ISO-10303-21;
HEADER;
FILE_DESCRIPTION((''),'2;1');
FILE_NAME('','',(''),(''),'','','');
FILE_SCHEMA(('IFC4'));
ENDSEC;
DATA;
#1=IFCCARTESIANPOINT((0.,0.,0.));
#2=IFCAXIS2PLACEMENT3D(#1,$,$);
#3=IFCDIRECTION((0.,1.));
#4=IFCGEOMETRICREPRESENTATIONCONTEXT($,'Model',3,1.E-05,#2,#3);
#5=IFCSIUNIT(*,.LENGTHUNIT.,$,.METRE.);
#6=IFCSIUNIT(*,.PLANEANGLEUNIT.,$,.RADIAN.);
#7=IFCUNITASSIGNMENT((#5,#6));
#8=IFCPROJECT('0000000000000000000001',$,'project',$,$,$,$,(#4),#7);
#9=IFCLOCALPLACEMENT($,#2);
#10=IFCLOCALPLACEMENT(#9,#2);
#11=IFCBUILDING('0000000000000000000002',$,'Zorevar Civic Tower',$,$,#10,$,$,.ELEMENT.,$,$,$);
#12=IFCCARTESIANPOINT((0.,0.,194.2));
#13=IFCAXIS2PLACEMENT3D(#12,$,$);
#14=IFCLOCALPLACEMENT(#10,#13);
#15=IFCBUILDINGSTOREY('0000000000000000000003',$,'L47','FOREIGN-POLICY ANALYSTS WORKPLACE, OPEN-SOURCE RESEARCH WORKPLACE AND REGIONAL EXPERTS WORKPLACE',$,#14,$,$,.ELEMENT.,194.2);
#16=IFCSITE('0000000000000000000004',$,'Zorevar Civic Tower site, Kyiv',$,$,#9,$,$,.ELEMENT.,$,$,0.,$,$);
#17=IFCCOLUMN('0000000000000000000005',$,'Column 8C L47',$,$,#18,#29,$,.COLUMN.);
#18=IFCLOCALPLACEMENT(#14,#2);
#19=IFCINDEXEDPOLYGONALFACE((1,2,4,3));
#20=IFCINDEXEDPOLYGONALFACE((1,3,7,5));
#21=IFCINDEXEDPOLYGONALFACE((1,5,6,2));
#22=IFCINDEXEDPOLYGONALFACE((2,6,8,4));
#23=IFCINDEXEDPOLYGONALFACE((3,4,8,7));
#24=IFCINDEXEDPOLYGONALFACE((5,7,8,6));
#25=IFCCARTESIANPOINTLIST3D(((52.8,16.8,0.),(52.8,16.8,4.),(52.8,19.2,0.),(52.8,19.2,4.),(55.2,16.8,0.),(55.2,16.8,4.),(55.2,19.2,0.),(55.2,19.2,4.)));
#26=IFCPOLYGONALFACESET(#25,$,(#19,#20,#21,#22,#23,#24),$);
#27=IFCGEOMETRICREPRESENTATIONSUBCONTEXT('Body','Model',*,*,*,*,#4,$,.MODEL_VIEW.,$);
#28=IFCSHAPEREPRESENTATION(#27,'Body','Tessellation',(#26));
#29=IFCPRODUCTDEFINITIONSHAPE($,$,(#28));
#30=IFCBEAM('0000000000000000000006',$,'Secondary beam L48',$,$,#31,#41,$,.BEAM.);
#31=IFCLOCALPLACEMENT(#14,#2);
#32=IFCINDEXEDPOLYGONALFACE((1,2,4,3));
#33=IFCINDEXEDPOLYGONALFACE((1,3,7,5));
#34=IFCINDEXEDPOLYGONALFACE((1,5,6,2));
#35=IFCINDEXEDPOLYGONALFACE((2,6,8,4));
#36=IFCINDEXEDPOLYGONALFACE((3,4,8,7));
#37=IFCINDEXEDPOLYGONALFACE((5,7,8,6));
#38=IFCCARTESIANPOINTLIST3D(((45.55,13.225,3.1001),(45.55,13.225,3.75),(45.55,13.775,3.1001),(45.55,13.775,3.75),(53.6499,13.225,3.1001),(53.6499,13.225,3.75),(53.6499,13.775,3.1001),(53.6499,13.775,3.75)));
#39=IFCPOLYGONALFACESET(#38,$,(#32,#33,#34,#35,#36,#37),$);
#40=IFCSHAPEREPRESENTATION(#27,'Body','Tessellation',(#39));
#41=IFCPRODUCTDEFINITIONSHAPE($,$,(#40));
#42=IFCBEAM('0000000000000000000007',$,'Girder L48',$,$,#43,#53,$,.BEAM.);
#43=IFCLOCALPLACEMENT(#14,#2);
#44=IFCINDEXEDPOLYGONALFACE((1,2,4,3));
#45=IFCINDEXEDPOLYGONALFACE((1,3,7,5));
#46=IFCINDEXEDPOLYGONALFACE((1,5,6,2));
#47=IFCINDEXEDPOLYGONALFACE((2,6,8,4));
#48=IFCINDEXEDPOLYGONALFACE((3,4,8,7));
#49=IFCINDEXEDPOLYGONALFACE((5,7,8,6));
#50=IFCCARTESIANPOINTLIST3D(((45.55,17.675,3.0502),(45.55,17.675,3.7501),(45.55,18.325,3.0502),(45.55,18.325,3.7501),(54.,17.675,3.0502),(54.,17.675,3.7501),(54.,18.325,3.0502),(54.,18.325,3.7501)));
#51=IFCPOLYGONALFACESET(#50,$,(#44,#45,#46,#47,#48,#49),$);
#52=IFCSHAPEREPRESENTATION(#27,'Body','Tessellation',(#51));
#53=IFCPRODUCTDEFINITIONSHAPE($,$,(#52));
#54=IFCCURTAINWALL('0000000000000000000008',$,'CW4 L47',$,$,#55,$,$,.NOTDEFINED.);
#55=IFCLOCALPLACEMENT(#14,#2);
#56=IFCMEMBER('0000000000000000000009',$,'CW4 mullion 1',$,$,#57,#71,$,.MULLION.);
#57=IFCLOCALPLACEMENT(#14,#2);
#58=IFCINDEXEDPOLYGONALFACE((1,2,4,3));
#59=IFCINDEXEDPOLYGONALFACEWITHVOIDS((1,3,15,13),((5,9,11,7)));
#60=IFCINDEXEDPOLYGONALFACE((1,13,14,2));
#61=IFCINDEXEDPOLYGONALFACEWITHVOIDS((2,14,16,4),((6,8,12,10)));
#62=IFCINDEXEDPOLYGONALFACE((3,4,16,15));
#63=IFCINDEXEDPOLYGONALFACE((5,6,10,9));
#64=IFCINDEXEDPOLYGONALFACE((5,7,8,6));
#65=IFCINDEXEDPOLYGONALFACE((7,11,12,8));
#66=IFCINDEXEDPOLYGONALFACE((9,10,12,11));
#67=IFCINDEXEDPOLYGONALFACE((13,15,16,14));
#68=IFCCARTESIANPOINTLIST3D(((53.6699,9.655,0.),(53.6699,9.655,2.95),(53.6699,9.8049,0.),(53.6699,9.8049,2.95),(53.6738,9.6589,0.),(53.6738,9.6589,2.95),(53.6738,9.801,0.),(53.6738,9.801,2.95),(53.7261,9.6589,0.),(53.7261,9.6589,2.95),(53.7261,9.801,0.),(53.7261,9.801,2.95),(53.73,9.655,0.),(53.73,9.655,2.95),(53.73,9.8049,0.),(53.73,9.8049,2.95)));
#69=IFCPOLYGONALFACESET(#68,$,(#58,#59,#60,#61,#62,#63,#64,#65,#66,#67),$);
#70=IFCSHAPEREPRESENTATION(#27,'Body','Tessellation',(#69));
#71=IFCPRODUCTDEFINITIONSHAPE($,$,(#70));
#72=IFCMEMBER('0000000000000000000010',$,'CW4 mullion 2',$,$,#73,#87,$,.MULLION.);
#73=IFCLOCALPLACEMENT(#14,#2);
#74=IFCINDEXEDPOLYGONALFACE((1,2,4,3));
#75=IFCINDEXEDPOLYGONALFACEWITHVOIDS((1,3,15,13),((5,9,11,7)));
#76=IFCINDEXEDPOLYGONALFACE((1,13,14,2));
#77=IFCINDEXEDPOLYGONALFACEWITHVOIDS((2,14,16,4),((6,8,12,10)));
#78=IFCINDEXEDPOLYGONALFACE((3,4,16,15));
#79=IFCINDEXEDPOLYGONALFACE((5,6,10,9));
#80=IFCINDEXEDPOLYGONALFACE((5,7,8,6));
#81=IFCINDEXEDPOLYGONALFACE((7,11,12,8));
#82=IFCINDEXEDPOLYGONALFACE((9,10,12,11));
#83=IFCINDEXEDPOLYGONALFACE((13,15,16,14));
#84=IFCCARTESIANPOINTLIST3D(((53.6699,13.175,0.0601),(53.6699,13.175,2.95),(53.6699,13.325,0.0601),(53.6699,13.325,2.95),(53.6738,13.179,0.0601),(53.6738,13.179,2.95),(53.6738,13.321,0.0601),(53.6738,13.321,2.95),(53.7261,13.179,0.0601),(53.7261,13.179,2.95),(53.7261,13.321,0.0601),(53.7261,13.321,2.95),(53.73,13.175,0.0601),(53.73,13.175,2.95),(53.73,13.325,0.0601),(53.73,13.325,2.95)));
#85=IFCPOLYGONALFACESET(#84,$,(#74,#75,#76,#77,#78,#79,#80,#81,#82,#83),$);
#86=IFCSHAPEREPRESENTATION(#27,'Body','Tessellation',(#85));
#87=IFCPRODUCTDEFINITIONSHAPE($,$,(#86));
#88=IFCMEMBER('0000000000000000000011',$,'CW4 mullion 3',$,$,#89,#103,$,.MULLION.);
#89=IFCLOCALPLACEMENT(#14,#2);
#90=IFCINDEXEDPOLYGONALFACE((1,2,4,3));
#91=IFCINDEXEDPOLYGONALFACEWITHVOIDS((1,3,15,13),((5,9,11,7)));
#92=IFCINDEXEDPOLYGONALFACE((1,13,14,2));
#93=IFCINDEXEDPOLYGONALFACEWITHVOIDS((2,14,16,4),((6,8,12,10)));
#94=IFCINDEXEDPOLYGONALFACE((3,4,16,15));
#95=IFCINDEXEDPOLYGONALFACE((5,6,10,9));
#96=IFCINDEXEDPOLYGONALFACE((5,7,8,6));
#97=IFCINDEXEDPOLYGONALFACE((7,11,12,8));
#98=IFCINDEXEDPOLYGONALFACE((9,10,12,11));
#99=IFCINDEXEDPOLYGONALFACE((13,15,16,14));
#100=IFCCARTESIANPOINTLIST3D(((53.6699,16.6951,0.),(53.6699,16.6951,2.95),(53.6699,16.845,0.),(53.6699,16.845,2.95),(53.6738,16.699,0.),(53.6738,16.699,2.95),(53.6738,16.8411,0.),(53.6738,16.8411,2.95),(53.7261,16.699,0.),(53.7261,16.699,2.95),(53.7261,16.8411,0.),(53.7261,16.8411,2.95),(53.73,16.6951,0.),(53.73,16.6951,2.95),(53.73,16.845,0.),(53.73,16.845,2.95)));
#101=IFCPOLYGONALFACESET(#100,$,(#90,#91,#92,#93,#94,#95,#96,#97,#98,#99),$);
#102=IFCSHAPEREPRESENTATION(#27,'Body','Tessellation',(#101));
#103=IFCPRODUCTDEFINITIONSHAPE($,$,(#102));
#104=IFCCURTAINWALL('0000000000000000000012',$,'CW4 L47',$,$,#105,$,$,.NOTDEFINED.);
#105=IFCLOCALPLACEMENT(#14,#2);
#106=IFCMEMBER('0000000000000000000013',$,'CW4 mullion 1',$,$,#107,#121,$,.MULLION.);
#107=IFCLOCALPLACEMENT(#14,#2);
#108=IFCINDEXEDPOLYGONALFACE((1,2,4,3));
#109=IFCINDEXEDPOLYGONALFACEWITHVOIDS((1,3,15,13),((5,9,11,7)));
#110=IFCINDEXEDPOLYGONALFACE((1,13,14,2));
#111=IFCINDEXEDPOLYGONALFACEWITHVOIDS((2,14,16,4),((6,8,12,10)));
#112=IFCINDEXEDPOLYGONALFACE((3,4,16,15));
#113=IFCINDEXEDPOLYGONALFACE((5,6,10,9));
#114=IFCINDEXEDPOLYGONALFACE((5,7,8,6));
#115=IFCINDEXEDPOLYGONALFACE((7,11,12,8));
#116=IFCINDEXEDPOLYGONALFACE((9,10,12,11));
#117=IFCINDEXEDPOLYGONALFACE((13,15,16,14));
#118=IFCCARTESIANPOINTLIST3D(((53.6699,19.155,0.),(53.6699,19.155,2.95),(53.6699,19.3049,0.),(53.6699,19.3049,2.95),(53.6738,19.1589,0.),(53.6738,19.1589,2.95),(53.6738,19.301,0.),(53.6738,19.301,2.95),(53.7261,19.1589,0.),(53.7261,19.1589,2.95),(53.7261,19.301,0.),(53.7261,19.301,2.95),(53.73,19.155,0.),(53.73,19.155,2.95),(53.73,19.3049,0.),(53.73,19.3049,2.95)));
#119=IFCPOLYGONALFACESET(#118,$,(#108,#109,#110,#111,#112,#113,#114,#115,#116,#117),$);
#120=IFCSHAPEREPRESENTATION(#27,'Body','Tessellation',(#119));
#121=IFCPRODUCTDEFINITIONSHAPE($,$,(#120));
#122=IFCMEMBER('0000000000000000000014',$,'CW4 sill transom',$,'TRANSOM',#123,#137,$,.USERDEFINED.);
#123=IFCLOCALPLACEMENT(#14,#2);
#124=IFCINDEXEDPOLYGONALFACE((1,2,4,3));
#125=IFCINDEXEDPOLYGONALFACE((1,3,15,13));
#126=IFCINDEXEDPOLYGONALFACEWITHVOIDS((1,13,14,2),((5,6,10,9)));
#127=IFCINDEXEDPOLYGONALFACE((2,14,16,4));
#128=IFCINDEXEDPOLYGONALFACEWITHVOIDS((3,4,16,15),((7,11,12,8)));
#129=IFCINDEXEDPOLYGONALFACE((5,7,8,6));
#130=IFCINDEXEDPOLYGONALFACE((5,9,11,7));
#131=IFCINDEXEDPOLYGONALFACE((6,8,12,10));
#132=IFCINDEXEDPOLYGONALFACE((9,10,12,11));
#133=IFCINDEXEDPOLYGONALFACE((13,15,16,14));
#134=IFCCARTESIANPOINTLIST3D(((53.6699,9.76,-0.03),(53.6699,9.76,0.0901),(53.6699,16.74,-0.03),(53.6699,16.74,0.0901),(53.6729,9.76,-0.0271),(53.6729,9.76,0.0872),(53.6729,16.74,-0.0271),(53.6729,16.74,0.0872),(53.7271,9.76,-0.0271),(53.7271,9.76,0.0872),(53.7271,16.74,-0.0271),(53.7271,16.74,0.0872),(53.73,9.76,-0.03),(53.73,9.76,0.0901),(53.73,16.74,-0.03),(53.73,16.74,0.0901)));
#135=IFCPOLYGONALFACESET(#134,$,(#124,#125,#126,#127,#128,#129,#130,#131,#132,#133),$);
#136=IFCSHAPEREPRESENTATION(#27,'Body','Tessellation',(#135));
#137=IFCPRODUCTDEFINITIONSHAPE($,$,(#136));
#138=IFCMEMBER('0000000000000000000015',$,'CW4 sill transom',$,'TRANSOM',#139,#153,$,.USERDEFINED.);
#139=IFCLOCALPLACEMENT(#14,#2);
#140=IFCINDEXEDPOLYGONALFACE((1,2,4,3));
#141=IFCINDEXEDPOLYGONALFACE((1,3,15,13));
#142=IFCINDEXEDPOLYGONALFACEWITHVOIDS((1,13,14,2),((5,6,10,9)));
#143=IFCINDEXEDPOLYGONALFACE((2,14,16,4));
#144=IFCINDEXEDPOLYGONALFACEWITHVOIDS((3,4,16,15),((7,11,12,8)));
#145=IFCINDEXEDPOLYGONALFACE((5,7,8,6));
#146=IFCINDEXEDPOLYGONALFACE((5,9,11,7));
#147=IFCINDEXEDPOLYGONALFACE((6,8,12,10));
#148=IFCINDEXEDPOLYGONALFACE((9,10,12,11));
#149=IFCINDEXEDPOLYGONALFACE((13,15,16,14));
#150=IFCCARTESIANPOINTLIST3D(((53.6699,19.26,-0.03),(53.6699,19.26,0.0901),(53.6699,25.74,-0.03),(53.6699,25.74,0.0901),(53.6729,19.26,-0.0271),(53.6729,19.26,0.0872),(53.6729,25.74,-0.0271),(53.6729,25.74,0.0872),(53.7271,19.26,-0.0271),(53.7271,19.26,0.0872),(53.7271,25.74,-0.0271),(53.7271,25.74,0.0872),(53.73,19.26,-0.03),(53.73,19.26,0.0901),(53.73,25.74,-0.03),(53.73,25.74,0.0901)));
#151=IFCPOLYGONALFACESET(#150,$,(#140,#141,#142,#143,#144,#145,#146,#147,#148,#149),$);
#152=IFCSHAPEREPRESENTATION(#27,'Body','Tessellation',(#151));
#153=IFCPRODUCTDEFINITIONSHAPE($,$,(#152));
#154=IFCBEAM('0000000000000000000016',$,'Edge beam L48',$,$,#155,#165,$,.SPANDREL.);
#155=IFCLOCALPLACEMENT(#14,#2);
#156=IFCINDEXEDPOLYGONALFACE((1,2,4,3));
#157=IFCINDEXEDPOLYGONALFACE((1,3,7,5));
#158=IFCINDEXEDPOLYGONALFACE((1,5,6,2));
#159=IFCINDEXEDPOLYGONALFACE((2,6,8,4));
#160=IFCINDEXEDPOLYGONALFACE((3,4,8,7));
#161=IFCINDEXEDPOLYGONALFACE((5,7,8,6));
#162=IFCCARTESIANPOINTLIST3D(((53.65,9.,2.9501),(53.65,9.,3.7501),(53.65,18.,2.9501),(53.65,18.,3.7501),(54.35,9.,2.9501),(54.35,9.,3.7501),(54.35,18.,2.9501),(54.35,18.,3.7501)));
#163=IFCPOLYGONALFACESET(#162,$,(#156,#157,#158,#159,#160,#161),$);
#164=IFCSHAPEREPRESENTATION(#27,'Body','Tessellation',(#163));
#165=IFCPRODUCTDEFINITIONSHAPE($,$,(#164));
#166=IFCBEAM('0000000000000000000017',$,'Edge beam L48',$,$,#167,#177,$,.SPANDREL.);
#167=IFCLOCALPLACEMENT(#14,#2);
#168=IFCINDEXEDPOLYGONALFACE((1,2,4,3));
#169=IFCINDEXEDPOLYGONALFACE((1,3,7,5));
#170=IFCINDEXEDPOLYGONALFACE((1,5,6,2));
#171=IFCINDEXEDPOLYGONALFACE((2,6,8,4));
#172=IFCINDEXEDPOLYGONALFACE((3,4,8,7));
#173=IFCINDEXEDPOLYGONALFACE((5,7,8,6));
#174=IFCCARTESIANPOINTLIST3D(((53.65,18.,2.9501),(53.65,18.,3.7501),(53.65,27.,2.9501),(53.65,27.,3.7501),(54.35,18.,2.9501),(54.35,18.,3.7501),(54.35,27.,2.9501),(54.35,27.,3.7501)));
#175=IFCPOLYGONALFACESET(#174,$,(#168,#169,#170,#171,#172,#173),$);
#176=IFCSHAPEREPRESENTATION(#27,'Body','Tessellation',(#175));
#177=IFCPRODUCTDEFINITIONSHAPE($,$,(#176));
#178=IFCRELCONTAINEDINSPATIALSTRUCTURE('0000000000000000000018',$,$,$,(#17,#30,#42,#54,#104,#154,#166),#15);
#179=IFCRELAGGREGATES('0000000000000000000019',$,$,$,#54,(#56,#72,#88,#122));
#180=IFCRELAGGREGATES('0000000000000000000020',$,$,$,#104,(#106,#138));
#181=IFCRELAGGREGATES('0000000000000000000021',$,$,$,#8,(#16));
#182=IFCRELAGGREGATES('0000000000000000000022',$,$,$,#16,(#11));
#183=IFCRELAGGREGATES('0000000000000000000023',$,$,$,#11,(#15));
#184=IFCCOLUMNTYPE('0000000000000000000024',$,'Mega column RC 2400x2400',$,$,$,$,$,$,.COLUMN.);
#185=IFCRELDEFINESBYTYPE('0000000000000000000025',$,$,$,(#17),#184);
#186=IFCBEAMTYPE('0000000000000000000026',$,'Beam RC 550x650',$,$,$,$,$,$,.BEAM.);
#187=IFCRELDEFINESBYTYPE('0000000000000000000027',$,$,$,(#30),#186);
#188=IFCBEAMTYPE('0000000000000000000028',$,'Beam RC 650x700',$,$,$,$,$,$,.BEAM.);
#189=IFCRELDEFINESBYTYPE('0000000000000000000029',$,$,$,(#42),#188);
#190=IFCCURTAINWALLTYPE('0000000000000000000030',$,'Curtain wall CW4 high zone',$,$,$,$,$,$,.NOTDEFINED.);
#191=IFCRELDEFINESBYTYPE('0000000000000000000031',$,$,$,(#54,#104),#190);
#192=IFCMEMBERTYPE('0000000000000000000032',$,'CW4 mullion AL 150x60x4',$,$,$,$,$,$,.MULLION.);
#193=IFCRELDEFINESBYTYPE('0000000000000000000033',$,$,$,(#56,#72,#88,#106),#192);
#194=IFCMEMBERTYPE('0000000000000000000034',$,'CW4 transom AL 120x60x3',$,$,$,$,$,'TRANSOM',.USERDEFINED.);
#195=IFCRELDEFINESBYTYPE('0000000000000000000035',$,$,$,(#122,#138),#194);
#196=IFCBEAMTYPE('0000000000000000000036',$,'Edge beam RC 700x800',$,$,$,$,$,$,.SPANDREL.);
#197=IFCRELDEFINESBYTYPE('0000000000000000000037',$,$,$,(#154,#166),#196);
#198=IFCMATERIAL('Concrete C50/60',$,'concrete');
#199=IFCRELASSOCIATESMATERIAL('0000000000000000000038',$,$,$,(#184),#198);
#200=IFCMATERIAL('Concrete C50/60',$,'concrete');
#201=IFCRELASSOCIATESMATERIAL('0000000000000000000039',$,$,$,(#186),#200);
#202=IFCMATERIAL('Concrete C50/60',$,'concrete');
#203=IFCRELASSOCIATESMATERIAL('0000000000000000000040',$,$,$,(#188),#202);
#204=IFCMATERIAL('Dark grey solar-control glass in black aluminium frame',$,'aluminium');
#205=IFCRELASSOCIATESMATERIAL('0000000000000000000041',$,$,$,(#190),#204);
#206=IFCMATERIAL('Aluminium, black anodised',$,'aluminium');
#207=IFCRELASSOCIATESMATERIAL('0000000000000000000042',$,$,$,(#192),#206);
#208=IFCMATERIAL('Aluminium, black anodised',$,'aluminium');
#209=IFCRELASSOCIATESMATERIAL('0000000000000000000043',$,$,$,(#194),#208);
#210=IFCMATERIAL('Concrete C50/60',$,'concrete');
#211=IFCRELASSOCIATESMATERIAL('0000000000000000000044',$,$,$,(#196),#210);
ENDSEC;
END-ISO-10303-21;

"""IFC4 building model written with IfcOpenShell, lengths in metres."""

from ifc_helpers import new_model, si_unit, direction, frame, origin, origin_2d, place, context, subcontext, project, spatial, rectangle, hollow_rectangle, extrude, material, material_profile, profile_set, type_object, element, aggregate, save


model = new_model("IFC4")

# Units and contexts
model_context = context("Model", 3, precision=1e-05, world=origin(), true_north=direction((0.0, 1.0)))
body_context = subcontext(model_context, "Body", "Model", "MODEL_VIEW")
ifc_project = project(units=[si_unit("LENGTHUNIT", "METRE"), si_unit("PLANEANGLEUNIT", "RADIAN")], contexts=[model_context])

# Site, building, storey
site_placement = place(None, origin())
site = spatial("IfcSite", under=ifc_project, at=site_placement, Name="Zorevar Civic Tower site, Kyiv", CompositionType="ELEMENT", RefElevation=0.0)
building_placement = place(site_placement, origin())
building = spatial("IfcBuilding", under=site, at=building_placement, Name="Zorevar Civic Tower", CompositionType="ELEMENT")
storey_placement = place(building_placement, frame((0.0, 0.0, 194.2)))
storey = spatial("IfcBuildingStorey", under=building, at=storey_placement, Name="L47", Description="FOREIGN-POLICY ANALYSTS WORKPLACE, OPEN-SOURCE RESEARCH WORKPLACE AND REGIONAL EXPERTS WORKPLACE", CompositionType="ELEMENT", Elevation=194.2)

# Column
ifc_material_1 = material(Name="Concrete C50/60", Category="concrete")
ifc_material_profile_1 = material_profile(ifc_material_1, rectangle(XDim=2.3999, YDim=2.3999, at=origin_2d()), Name="RC 2400x2400")
ifc_profile_set_1 = profile_set([ifc_material_profile_1], Name="Concrete C50/60")
column_type = type_object("IfcColumnType", Name="Mega column RC 2400x2400", PredefinedType="COLUMN", material=ifc_profile_set_1)
column_placement = place(storey_placement, frame((54.0, 18.0, 0.0), z_axis=(0.0, 0.0, 1.0), x_axis=(1.0, 0.0, 0.0)))
element("IfcColumn", 1, at=column_placement, inside=storey, type_object=column_type, Name="Column 8C L47", PredefinedType="COLUMN", context=body_context, shape_type="SweptSolid", body=[
    extrude(rectangle(XDim=2.3999, YDim=2.3999, at=origin_2d()), origin(), (0.0, 0.0, 1.0), 4.0),
])

# Beams
ifc_material_2 = material(Name="Concrete C50/60", Category="concrete")
ifc_material_profile_2 = material_profile(ifc_material_2, rectangle(XDim=0.55, YDim=0.6499, at=origin_2d()), Name="RC 550x650")
ifc_profile_set_2 = profile_set([ifc_material_profile_2], Name="Concrete C50/60")
beam_type_1 = type_object("IfcBeamType", Name="Beam RC 550x650", PredefinedType="BEAM", material=ifc_profile_set_2)
beam_1_placement = place(storey_placement, frame((45.55, 13.5, 3.425), z_axis=(1.0, 0.0, 0.0), x_axis=(0.0, 1.0, 0.0)))
element("IfcBeam", 2, at=beam_1_placement, inside=storey, type_object=beam_type_1, Name="Secondary beam L48", PredefinedType="BEAM", context=body_context, shape_type="SweptSolid", body=[
    extrude(rectangle(XDim=0.55, YDim=0.6499, at=origin_2d()), origin(), (0.0, 0.0, 1.0), 8.0999),
])
ifc_material_3 = material(Name="Concrete C50/60", Category="concrete")
ifc_material_profile_3 = material_profile(ifc_material_3, rectangle(XDim=0.6499, YDim=0.7, at=origin_2d()), Name="RC 650x700")
ifc_profile_set_3 = profile_set([ifc_material_profile_3], Name="Concrete C50/60")
beam_type_2 = type_object("IfcBeamType", Name="Beam RC 650x700", PredefinedType="BEAM", material=ifc_profile_set_3)
beam_2_placement = place(storey_placement, frame((45.55, 18.0, 3.4001), z_axis=(1.0, 0.0, 0.0), x_axis=(0.0, 1.0, 0.0)))
element("IfcBeam", 3, at=beam_2_placement, inside=storey, type_object=beam_type_2, Name="Girder L48", PredefinedType="BEAM", context=body_context, shape_type="SweptSolid", body=[
    extrude(rectangle(XDim=0.6499, YDim=0.7, at=origin_2d()), origin(), (0.0, 0.0, 1.0), 8.45),
])

# Curtain wall, members
ifc_material_4 = material(Name="Dark grey solar-control glass in black aluminium frame", Category="aluminium")
curtain_wall_type = type_object("IfcCurtainWallType", Name="Curtain wall CW4 high zone", PredefinedType="NOTDEFINED", material=ifc_material_4)
curtain_wall_1_placement = place(storey_placement, origin())
curtain_wall_1 = element("IfcCurtainWall", 4, at=curtain_wall_1_placement, inside=storey, type_object=curtain_wall_type, Name="CW4 L47", PredefinedType="NOTDEFINED")
ifc_material_5 = material(Name="Aluminium, black anodised", Category="aluminium")
ifc_material_profile_4 = material_profile(ifc_material_5, hollow_rectangle(XDim=0.0601, YDim=0.1499, WallThickness=0.0039, at=origin_2d()), Name="AL 150x60x4")
ifc_profile_set_4 = profile_set([ifc_material_profile_4], Name="Aluminium, black anodised")
member_type_1 = type_object("IfcMemberType", Name="CW4 mullion AL 150x60x4", PredefinedType="MULLION", material=ifc_profile_set_4)
member_1_placement = place(storey_placement, frame((53.7, 9.73, 0.0), z_axis=(0.0, 0.0, 1.0), x_axis=(-1.0, 0.0, 0.0)))
member_1 = element("IfcMember", 5, at=member_1_placement, type_object=member_type_1, Name="CW4 mullion 1", PredefinedType="MULLION", context=body_context, shape_type="SweptSolid", body=[
    extrude(hollow_rectangle(XDim=0.0601, YDim=0.1499, WallThickness=0.0039, at=origin_2d()), origin(), (0.0, 0.0, 1.0), 2.95),
])
member_2_placement = place(storey_placement, frame((53.7, 13.25, 0.0601), z_axis=(0.0, 0.0, 1.0), x_axis=(-1.0, 0.0, 0.0)))
member_2 = element("IfcMember", 6, at=member_2_placement, type_object=member_type_1, Name="CW4 mullion 2", PredefinedType="MULLION", context=body_context, shape_type="SweptSolid", body=[
    extrude(hollow_rectangle(XDim=0.0601, YDim=0.1499, WallThickness=0.0039, at=origin_2d()), origin(), (0.0, 0.0, 1.0), 2.8899),
])
member_3_placement = place(storey_placement, frame((53.7, 16.77, 0.0), z_axis=(0.0, 0.0, 1.0), x_axis=(-1.0, 0.0, 0.0)))
member_3 = element("IfcMember", 7, at=member_3_placement, type_object=member_type_1, Name="CW4 mullion 3", PredefinedType="MULLION", context=body_context, shape_type="SweptSolid", body=[
    extrude(hollow_rectangle(XDim=0.0601, YDim=0.1499, WallThickness=0.0039, at=origin_2d()), origin(), (0.0, 0.0, 1.0), 2.95),
])

# Curtain wall, member
curtain_wall_2_placement = place(storey_placement, origin())
curtain_wall_2 = element("IfcCurtainWall", 8, at=curtain_wall_2_placement, inside=storey, type_object=curtain_wall_type, Name="CW4 L47", PredefinedType="NOTDEFINED")
member_4_placement = place(storey_placement, frame((53.7, 19.23, 0.0), z_axis=(0.0, 0.0, 1.0), x_axis=(-1.0, 0.0, 0.0)))
member_4 = element("IfcMember", 9, at=member_4_placement, type_object=member_type_1, Name="CW4 mullion 1", PredefinedType="MULLION", context=body_context, shape_type="SweptSolid", body=[
    extrude(hollow_rectangle(XDim=0.0601, YDim=0.1499, WallThickness=0.0039, at=origin_2d()), origin(), (0.0, 0.0, 1.0), 2.95),
])

# Members
ifc_material_6 = material(Name="Aluminium, black anodised", Category="aluminium")
ifc_material_profile_5 = material_profile(ifc_material_6, hollow_rectangle(XDim=0.0601, YDim=0.1201, WallThickness=0.0029, at=origin_2d()), Name="AL 120x60x3")
ifc_profile_set_5 = profile_set([ifc_material_profile_5], Name="Aluminium, black anodised")
member_type_2 = type_object("IfcMemberType", Name="CW4 transom AL 120x60x3", ElementType="TRANSOM", PredefinedType="USERDEFINED", material=ifc_profile_set_5)
member_5_placement = place(storey_placement, frame((53.7, 9.76, 0.03), z_axis=(0.0, 1.0, 0.0), x_axis=(-1.0, 0.0, 0.0)))
member_5 = element("IfcMember", 10, at=member_5_placement, type_object=member_type_2, Name="CW4 sill transom", ObjectType="TRANSOM", PredefinedType="USERDEFINED", context=body_context, shape_type="SweptSolid", body=[
    extrude(hollow_rectangle(XDim=0.0601, YDim=0.1201, WallThickness=0.0029, at=origin_2d()), origin(), (0.0, 0.0, 1.0), 6.98),
])
member_6_placement = place(storey_placement, frame((53.7, 19.26, 0.03), z_axis=(0.0, 1.0, 0.0), x_axis=(-1.0, 0.0, 0.0)))
member_6 = element("IfcMember", 11, at=member_6_placement, type_object=member_type_2, Name="CW4 sill transom", ObjectType="TRANSOM", PredefinedType="USERDEFINED", context=body_context, shape_type="SweptSolid", body=[
    extrude(hollow_rectangle(XDim=0.0601, YDim=0.1201, WallThickness=0.0029, at=origin_2d()), origin(), (0.0, 0.0, 1.0), 6.48),
])

# Beams
ifc_material_7 = material(Name="Concrete C50/60", Category="concrete")
ifc_material_profile_6 = material_profile(ifc_material_7, rectangle(XDim=0.7, YDim=0.8, at=origin_2d()), Name="RC 700x800")
ifc_profile_set_6 = profile_set([ifc_material_profile_6], Name="Concrete C50/60")
beam_type_3 = type_object("IfcBeamType", Name="Edge beam RC 700x800", PredefinedType="SPANDREL", material=ifc_profile_set_6)
for number, where, z_axis, x_axis, name in (
    (12, (54.0, 9.0, 3.3501), (0.0, 1.0, 0.0), (-1.0, 0.0, 0.0), "Edge beam L48"),
    (13, (54.0, 18.0, 3.3501), (0.0, 1.0, 0.0), (-1.0, 0.0, 0.0), "Edge beam L48"),
):
    element("IfcBeam", number, at=place(storey_placement, frame(where, z_axis=z_axis, x_axis=x_axis)), inside=storey, type_object=beam_type_3, Name=name, PredefinedType="SPANDREL", context=body_context, shape_type="SweptSolid", body=[
        extrude(rectangle(XDim=0.7, YDim=0.8, at=origin_2d()), origin(), (0.0, 0.0, 1.0), 9.0),
    ])

aggregate(curtain_wall_1, [member_1, member_2, member_3, member_5])
aggregate(curtain_wall_2, [member_4, member_6])

save(model, "model.ifc")
